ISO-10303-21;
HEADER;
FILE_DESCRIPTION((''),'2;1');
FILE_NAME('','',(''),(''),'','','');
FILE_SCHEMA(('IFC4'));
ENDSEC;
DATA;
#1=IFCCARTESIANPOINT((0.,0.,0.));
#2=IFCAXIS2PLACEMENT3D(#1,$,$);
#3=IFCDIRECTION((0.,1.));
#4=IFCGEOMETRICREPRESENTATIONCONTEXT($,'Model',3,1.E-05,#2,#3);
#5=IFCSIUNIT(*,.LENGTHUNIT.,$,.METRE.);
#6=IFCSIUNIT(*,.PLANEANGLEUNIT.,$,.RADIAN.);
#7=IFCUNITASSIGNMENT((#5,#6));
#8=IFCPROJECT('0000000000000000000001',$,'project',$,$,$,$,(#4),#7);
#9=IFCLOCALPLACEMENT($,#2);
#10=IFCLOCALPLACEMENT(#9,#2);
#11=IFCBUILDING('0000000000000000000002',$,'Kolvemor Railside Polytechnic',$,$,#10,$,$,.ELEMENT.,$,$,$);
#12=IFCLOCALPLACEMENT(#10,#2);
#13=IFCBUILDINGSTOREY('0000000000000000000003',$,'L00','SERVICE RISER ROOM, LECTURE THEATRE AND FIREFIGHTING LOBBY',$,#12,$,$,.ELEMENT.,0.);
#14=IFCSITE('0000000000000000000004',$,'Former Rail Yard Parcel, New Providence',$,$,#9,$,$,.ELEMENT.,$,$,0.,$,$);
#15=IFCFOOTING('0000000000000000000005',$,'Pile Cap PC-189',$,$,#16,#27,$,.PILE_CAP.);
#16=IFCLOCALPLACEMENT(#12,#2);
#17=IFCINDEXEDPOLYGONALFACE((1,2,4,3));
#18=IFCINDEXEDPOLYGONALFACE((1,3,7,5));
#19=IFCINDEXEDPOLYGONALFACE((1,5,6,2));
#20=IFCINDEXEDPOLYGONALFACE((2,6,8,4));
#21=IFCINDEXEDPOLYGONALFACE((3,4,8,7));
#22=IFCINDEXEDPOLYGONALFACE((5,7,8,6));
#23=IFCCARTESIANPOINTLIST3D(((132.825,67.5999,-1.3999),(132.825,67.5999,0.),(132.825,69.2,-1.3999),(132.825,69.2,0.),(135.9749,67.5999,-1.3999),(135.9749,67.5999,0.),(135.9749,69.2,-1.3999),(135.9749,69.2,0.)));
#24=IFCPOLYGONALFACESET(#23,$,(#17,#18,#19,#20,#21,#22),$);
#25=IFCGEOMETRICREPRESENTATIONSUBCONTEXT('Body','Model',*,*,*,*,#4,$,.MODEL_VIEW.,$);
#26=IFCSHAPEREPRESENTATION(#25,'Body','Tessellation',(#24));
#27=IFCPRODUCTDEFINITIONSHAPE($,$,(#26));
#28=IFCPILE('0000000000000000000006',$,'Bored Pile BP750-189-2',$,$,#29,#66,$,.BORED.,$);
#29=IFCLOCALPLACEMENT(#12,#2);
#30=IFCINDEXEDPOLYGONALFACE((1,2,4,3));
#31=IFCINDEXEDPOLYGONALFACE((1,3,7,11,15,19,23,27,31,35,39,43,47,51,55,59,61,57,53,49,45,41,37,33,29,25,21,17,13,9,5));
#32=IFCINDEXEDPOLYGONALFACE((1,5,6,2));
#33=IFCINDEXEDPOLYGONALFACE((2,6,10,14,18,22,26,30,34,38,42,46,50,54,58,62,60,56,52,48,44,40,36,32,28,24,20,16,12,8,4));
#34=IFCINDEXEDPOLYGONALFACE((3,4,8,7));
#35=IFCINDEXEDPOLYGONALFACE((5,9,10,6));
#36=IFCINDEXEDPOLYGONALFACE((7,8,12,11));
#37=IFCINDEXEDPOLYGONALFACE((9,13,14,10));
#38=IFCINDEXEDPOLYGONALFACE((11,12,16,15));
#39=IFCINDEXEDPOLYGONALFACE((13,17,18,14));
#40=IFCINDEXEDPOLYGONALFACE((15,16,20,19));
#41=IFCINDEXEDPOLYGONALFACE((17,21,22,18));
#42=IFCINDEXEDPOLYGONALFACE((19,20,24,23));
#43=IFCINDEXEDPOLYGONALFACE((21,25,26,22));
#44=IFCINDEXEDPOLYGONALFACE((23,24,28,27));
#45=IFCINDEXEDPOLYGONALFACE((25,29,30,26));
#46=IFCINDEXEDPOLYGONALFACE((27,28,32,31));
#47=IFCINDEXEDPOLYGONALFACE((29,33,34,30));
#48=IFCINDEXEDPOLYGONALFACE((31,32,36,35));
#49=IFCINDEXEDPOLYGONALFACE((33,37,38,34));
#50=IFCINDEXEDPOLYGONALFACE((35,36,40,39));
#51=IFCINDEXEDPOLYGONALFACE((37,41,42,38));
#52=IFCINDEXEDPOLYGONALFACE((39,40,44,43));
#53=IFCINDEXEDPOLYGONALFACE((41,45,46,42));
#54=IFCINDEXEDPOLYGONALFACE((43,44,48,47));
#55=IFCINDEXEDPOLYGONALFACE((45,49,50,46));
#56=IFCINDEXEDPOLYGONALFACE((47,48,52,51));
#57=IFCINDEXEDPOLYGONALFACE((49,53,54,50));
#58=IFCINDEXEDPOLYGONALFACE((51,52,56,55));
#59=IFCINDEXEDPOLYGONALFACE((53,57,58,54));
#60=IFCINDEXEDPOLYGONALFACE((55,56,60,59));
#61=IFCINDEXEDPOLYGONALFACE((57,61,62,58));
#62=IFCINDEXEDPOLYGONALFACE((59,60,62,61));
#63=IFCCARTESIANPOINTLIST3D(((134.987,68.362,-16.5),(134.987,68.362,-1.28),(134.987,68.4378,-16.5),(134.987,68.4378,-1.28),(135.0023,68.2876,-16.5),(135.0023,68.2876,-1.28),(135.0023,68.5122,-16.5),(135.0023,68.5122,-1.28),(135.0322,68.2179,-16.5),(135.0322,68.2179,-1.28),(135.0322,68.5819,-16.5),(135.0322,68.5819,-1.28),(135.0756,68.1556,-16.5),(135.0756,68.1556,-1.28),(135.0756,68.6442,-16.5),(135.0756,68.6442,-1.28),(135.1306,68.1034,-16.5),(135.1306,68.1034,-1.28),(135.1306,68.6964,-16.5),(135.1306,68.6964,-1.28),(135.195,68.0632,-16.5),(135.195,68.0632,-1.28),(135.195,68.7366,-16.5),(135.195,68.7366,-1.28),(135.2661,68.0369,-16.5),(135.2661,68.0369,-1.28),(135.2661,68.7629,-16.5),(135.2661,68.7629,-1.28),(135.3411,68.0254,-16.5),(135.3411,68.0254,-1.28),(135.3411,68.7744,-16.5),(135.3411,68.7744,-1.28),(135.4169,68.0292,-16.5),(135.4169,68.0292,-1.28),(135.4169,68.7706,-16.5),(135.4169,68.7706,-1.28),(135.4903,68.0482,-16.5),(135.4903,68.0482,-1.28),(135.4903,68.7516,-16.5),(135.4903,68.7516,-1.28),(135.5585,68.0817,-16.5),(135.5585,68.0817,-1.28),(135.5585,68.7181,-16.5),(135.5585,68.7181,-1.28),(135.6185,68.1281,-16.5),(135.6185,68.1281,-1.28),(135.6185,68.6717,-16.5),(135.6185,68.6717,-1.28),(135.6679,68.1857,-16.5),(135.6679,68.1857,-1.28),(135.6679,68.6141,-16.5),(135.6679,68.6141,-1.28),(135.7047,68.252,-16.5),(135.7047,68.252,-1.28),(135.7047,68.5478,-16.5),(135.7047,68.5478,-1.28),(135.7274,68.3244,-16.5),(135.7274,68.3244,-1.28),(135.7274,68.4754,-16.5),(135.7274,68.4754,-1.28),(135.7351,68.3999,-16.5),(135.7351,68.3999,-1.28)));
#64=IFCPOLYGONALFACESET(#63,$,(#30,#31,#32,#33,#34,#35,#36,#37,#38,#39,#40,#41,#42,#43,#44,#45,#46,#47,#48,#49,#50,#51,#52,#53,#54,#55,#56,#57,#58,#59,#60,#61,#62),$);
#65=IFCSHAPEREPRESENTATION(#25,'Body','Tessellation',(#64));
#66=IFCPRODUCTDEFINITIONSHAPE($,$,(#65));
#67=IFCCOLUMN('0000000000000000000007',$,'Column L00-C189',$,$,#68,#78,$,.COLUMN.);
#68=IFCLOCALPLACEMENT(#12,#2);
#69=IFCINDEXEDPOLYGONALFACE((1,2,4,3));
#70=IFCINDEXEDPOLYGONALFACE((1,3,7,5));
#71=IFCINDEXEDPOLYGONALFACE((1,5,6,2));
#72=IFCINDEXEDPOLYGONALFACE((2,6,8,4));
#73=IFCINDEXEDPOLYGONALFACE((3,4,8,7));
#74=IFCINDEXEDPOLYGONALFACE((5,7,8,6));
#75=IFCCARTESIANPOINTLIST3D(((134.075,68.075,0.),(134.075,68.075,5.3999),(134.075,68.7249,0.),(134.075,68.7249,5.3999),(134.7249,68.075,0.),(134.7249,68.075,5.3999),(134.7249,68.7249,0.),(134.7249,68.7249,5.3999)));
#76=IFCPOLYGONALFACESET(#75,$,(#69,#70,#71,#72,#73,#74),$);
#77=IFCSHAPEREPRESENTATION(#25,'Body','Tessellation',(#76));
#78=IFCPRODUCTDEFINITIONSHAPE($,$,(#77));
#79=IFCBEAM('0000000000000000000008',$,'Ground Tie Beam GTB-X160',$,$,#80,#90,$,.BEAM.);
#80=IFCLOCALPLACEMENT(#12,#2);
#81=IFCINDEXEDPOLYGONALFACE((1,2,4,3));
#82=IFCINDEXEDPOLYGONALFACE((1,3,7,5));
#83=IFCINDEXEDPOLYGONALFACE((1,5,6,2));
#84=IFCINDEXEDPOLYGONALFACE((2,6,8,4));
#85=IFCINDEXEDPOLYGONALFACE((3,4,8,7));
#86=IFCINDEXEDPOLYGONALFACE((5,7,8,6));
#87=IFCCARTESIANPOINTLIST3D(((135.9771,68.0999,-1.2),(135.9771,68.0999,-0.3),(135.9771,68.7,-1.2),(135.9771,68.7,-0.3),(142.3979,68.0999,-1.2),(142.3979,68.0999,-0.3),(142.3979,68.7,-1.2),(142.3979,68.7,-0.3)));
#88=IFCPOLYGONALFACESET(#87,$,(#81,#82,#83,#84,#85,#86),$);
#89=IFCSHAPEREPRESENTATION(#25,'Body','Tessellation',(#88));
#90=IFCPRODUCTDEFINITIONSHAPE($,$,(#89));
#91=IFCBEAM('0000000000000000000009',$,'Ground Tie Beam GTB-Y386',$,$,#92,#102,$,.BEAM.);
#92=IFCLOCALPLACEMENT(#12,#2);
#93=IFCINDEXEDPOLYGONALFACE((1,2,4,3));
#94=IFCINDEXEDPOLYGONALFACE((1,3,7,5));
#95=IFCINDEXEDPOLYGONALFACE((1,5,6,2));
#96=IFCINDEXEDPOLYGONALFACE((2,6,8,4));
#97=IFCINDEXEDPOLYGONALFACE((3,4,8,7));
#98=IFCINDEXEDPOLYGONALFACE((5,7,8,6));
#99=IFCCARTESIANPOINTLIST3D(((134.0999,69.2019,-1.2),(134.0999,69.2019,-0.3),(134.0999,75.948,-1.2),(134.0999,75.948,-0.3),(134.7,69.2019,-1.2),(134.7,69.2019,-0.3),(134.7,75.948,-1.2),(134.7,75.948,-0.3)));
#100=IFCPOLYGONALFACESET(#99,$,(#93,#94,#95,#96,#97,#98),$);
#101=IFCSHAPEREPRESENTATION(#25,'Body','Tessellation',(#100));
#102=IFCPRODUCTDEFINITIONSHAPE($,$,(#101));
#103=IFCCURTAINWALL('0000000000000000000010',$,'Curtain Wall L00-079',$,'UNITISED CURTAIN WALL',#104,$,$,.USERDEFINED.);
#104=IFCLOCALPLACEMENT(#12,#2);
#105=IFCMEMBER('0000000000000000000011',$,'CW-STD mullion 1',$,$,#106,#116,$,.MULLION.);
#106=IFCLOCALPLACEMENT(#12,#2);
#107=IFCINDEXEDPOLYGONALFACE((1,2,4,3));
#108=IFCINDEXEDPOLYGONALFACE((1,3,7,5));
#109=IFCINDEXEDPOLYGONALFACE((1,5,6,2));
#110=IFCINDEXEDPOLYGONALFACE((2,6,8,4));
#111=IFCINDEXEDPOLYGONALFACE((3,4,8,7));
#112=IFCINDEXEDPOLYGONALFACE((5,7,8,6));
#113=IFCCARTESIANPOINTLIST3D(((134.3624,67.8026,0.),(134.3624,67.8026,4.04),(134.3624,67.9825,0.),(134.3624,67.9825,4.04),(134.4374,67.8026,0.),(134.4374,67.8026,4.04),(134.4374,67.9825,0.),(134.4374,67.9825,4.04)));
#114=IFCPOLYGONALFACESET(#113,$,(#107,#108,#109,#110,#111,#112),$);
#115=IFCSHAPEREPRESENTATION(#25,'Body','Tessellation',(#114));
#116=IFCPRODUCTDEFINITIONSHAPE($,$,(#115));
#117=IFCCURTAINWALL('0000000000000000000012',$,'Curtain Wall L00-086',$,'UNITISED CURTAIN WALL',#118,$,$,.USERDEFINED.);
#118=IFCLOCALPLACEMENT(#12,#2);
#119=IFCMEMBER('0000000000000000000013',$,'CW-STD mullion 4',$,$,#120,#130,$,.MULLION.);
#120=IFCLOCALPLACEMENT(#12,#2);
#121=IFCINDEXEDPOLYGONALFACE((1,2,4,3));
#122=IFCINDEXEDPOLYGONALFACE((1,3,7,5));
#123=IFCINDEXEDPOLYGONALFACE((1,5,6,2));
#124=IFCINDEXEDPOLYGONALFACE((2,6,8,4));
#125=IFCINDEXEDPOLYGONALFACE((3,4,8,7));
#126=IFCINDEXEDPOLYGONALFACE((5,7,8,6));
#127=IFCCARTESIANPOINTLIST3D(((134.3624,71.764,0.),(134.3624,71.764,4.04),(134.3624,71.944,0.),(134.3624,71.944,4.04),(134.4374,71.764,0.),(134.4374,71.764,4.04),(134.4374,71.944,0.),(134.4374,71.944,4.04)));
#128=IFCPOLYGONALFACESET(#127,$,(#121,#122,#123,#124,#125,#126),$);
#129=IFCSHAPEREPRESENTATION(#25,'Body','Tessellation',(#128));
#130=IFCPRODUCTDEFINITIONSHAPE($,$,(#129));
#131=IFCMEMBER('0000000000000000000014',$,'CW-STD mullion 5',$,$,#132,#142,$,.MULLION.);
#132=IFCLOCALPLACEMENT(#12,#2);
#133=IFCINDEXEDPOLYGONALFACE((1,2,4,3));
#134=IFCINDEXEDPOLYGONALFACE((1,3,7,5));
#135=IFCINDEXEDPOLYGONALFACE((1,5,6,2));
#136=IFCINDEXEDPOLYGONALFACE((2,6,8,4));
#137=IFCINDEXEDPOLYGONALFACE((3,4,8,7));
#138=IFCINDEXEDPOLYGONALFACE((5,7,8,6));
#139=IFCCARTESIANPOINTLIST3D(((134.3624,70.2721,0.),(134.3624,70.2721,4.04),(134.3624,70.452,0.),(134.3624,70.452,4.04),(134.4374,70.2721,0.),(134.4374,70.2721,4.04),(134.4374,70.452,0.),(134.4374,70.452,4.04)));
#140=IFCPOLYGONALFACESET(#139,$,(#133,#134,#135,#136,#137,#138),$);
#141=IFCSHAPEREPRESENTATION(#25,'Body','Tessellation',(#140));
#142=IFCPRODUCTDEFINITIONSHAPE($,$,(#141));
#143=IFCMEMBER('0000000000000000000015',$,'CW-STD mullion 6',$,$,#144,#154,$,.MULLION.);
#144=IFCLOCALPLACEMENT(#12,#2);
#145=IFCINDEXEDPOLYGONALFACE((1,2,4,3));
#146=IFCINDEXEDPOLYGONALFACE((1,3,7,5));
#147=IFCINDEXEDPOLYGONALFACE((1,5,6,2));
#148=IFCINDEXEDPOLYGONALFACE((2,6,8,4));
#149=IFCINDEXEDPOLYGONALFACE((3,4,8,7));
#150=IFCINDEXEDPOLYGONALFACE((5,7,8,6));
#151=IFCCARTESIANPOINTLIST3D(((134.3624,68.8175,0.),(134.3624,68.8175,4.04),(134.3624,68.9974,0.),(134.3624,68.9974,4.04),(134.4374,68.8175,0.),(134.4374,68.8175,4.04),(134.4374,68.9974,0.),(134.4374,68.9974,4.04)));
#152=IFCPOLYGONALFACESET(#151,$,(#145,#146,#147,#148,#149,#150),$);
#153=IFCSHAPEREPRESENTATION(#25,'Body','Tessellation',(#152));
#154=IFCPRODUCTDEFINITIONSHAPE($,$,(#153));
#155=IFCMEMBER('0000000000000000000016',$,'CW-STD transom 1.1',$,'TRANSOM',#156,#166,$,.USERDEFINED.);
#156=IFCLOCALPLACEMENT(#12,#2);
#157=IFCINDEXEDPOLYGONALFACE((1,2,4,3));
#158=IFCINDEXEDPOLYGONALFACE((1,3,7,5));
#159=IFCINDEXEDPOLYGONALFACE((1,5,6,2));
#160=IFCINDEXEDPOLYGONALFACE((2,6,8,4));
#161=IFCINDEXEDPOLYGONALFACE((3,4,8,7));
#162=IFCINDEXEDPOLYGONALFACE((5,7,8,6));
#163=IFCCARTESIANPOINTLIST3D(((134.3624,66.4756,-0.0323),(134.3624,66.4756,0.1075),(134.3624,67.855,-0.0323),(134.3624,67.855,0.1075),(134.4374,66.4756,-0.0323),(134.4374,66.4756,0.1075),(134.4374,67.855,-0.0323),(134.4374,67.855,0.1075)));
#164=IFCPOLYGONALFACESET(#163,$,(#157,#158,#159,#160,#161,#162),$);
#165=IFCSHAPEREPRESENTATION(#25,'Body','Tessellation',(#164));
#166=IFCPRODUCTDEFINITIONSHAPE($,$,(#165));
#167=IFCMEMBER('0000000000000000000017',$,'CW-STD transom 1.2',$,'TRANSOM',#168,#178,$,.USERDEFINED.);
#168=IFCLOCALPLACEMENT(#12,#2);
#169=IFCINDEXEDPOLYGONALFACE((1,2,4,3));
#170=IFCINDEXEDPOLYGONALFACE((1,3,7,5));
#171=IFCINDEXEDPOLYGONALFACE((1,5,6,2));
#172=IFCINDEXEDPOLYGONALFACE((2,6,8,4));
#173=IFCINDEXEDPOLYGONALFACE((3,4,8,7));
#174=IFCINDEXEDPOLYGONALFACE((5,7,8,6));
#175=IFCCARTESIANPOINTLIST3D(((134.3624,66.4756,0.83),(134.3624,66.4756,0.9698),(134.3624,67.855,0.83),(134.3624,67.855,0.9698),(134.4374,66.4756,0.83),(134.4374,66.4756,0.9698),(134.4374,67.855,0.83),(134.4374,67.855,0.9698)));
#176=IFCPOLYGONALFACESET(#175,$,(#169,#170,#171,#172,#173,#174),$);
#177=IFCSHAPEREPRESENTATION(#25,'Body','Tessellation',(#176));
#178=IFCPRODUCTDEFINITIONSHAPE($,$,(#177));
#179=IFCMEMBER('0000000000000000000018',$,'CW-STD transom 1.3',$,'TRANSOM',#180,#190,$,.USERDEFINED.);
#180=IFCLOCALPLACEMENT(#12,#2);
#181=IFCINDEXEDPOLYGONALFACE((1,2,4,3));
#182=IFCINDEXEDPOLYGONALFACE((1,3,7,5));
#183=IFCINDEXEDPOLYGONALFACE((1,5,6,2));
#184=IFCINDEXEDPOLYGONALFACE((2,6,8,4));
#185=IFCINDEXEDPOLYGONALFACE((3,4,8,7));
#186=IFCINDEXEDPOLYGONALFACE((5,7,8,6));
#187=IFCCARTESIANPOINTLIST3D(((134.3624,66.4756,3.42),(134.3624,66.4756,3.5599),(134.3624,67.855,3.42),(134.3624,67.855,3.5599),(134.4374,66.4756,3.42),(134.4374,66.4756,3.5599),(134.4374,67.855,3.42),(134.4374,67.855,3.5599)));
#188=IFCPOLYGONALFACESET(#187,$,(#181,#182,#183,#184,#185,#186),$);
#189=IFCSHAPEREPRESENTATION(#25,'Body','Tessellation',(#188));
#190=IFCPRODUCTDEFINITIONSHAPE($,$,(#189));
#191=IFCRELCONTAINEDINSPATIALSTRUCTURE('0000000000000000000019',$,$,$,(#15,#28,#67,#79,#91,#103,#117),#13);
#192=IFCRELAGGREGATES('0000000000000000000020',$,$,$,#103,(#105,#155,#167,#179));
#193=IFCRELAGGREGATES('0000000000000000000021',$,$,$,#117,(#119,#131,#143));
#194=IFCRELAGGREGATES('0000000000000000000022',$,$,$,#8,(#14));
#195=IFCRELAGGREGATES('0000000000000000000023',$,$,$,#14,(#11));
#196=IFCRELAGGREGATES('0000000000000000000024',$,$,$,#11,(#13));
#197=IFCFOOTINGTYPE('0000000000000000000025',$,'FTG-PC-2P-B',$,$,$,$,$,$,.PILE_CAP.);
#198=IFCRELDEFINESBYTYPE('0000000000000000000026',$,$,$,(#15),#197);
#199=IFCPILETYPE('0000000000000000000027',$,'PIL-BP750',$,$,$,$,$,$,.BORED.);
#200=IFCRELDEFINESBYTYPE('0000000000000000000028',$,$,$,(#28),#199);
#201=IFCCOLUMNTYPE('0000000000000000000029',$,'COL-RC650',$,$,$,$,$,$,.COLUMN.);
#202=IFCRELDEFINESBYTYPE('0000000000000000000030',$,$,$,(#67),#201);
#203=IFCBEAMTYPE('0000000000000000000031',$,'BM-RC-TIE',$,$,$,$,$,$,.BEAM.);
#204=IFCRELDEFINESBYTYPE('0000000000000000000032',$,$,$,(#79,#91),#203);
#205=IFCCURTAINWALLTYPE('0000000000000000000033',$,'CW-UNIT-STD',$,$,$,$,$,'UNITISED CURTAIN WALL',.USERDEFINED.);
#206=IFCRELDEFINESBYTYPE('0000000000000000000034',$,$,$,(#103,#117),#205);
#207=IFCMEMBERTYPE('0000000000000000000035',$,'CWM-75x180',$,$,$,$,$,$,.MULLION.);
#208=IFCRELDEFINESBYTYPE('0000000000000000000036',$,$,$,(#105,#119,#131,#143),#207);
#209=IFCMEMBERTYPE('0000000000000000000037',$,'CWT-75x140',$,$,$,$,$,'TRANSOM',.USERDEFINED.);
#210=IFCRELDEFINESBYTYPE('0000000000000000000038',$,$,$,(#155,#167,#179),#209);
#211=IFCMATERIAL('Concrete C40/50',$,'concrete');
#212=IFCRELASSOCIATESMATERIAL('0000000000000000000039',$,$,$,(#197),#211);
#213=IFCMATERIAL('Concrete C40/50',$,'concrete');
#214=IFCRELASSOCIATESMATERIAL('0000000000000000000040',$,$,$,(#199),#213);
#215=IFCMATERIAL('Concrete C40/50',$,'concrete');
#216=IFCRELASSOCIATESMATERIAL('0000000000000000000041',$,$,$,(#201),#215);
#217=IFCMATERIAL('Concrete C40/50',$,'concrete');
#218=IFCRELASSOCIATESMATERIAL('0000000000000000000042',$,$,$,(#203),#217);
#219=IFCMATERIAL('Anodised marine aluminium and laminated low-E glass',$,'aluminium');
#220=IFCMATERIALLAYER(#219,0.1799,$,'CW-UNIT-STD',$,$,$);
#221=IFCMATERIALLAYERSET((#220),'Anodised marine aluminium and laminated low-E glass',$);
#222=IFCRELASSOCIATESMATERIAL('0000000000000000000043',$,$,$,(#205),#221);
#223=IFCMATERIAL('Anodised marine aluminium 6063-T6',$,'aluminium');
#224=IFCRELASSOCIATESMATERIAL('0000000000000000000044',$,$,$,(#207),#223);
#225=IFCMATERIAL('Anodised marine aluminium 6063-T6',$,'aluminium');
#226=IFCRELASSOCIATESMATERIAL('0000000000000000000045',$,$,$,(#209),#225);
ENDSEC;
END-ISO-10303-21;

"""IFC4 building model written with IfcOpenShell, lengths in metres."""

from ifc_helpers import new_model, si_unit, direction, frame, origin, origin_2d, place, context, subcontext, project, spatial, rectangle, circle, extrude, material, layer, layer_set, material_profile, profile_set, type_object, element, aggregate, save


model = new_model("IFC4")

# Units and contexts
model_context = context("Model", 3, precision=1e-05, world=origin(), true_north=direction((0.0, 1.0)))
body_context = subcontext(model_context, "Body", "Model", "MODEL_VIEW")
ifc_project = project(units=[si_unit("LENGTHUNIT", "METRE"), si_unit("PLANEANGLEUNIT", "RADIAN")], contexts=[model_context])

# Site, building, storey
site_placement = place(None, origin())
site = spatial("IfcSite", under=ifc_project, at=site_placement, Name="Former Rail Yard Parcel, New Providence", CompositionType="ELEMENT", RefElevation=0.0)
building_placement = place(site_placement, origin())
building = spatial("IfcBuilding", under=site, at=building_placement, Name="Kolvemor Railside Polytechnic", CompositionType="ELEMENT")
storey_placement = place(building_placement, origin())
storey = spatial("IfcBuildingStorey", under=building, at=storey_placement, Name="L00", Description="SERVICE RISER ROOM, LECTURE THEATRE AND FIREFIGHTING LOBBY", CompositionType="ELEMENT", Elevation=0.0)

# Footing
ifc_material_1 = material(Name="Concrete C40/50", Category="concrete")
footing_type = type_object("IfcFootingType", Name="FTG-PC-2P-B", PredefinedType="PILE_CAP", material=ifc_material_1)
footing_placement = place(storey_placement, frame((134.3999, 68.3999, -1.3999), z_axis=(0.0, 0.0, 1.0), x_axis=(1.0, 0.0, 0.0)))
element("IfcFooting", 1, at=footing_placement, inside=storey, type_object=footing_type, Name="Pile Cap PC-189", PredefinedType="PILE_CAP", context=body_context, shape_type="SweptSolid", body=[
    extrude(rectangle(XDim=3.1499, YDim=1.6001, at=origin_2d()), origin(), (0.0, 0.0, 1.0), 1.3999),
])

# Pile
ifc_material_2 = material(Name="Concrete C40/50", Category="concrete")
ifc_material_profile_1 = material_profile(ifc_material_2, circle(Radius=0.375, at=origin_2d()), Name="BP750")
ifc_profile_set_1 = profile_set([ifc_material_profile_1], Name="Concrete C40/50")
pile_type = type_object("IfcPileType", Name="PIL-BP750", PredefinedType="BORED", material=ifc_profile_set_1)
pile_placement = place(storey_placement, frame((135.3601, 68.3999, -1.28), z_axis=(0.0, 0.0, -1.0), x_axis=(1.0, 0.0, 0.0)))
element("IfcPile", 2, at=pile_placement, inside=storey, type_object=pile_type, Name="Bored Pile BP750-189-2", PredefinedType="BORED", context=body_context, shape_type="SweptSolid", body=[
    extrude(circle(Radius=0.375, at=origin_2d()), origin(), (0.0, 0.0, 1.0), 15.22),
])

# Column
ifc_material_3 = material(Name="Concrete C40/50", Category="concrete")
ifc_material_profile_2 = material_profile(ifc_material_3, rectangle(XDim=0.6499, YDim=0.6499, at=origin_2d()), Name="RC650x650")
ifc_profile_set_2 = profile_set([ifc_material_profile_2], Name="Concrete C40/50")
column_type = type_object("IfcColumnType", Name="COL-RC650", PredefinedType="COLUMN", material=ifc_profile_set_2)
column_placement = place(storey_placement, frame((134.3999, 68.3999, 0.0), z_axis=(0.0, 0.0, 1.0), x_axis=(1.0, 0.0, 0.0)))
element("IfcColumn", 3, at=column_placement, inside=storey, type_object=column_type, Name="Column L00-C189", PredefinedType="COLUMN", context=body_context, shape_type="SweptSolid", body=[
    extrude(rectangle(XDim=0.6499, YDim=0.6499, at=origin_2d()), origin(), (0.0, 0.0, 1.0), 5.3999),
])

# Beams
ifc_material_4 = material(Name="Concrete C40/50", Category="concrete")
ifc_material_profile_3 = material_profile(ifc_material_4, rectangle(XDim=0.6001, YDim=0.8999, at=origin_2d()), Name="RC600x900")
ifc_profile_set_3 = profile_set([ifc_material_profile_3], Name="Concrete C40/50")
beam_type = type_object("IfcBeamType", Name="BM-RC-TIE", PredefinedType="BEAM", material=ifc_profile_set_3)
beam_1_placement = place(storey_placement, frame((135.9771, 68.3999, -0.75), z_axis=(1.0, 0.0, 0.0), x_axis=(0.0, 1.0, 0.0)))
element("IfcBeam", 4, at=beam_1_placement, inside=storey, type_object=beam_type, Name="Ground Tie Beam GTB-X160", PredefinedType="BEAM", context=body_context, shape_type="SweptSolid", body=[
    extrude(rectangle(XDim=0.6001, YDim=0.8999, at=origin_2d()), origin(), (0.0, 0.0, 1.0), 6.4209),
])
beam_2_placement = place(storey_placement, frame((134.3999, 69.2019, -0.75), z_axis=(0.0, 1.0, 0.0), x_axis=(-1.0, 0.0, 0.0)))
element("IfcBeam", 5, at=beam_2_placement, inside=storey, type_object=beam_type, Name="Ground Tie Beam GTB-Y386", PredefinedType="BEAM", context=body_context, shape_type="SweptSolid", body=[
    extrude(rectangle(XDim=0.6001, YDim=0.8999, at=origin_2d()), origin(), (0.0, 0.0, 1.0), 6.7461),
])

# Curtain wall, member
ifc_material_5 = material(Name="Anodised marine aluminium and laminated low-E glass", Category="aluminium")
ifc_layer_1 = layer(ifc_material_5, 0.1799, Name="CW-UNIT-STD")
ifc_layer_set_1 = layer_set([ifc_layer_1], Name="Anodised marine aluminium and laminated low-E glass")
curtain_wall_type = type_object("IfcCurtainWallType", Name="CW-UNIT-STD", ElementType="UNITISED CURTAIN WALL", PredefinedType="USERDEFINED", material=ifc_layer_set_1)
curtain_wall_1_placement = place(storey_placement, origin())
curtain_wall_1 = element("IfcCurtainWall", 6, at=curtain_wall_1_placement, inside=storey, type_object=curtain_wall_type, Name="Curtain Wall L00-079", ObjectType="UNITISED CURTAIN WALL", PredefinedType="USERDEFINED")
ifc_material_6 = material(Name="Anodised marine aluminium 6063-T6", Category="aluminium")
ifc_material_profile_4 = material_profile(ifc_material_6, rectangle(XDim=0.075, YDim=0.1799, at=origin_2d()), Name="CW-MUL-75x180")
ifc_profile_set_4 = profile_set([ifc_material_profile_4], Name="Anodised marine aluminium 6063-T6")
member_type_1 = type_object("IfcMemberType", Name="CWM-75x180", PredefinedType="MULLION", material=ifc_profile_set_4)
member_1_placement = place(storey_placement, frame((134.3999, 67.8926, 0.0), z_axis=(0.0, 0.0, 1.0), x_axis=(1.0, 0.0, 0.0)))
member_1 = element("IfcMember", 7, at=member_1_placement, type_object=member_type_1, Name="CW-STD mullion 1", PredefinedType="MULLION", context=body_context, shape_type="SweptSolid", body=[
    extrude(rectangle(XDim=0.075, YDim=0.1799, at=origin_2d()), origin(), (0.0, 0.0, 1.0), 4.04),
])

# Curtain wall, members
curtain_wall_2_placement = place(storey_placement, origin())
curtain_wall_2 = element("IfcCurtainWall", 8, at=curtain_wall_2_placement, inside=storey, type_object=curtain_wall_type, Name="Curtain Wall L00-086", ObjectType="UNITISED CURTAIN WALL", PredefinedType="USERDEFINED")
member_2_placement = place(storey_placement, frame((134.3999, 71.854, 0.0), z_axis=(0.0, 0.0, 1.0), x_axis=(1.0, 0.0, 0.0)))
member_2 = element("IfcMember", 9, at=member_2_placement, type_object=member_type_1, Name="CW-STD mullion 4", PredefinedType="MULLION", context=body_context, shape_type="SweptSolid", body=[
    extrude(rectangle(XDim=0.075, YDim=0.1799, at=origin_2d()), origin(), (0.0, 0.0, 1.0), 4.04),
])
member_3_placement = place(storey_placement, frame((134.3999, 70.3621, 0.0), z_axis=(0.0, 0.0, 1.0), x_axis=(1.0, 0.0, 0.0)))
member_3 = element("IfcMember", 10, at=member_3_placement, type_object=member_type_1, Name="CW-STD mullion 5", PredefinedType="MULLION", context=body_context, shape_type="SweptSolid", body=[
    extrude(rectangle(XDim=0.075, YDim=0.1799, at=origin_2d()), origin(), (0.0, 0.0, 1.0), 4.04),
])
member_4_placement = place(storey_placement, frame((134.3999, 68.9075, 0.0), z_axis=(0.0, 0.0, 1.0), x_axis=(1.0, 0.0, 0.0)))
member_4 = element("IfcMember", 11, at=member_4_placement, type_object=member_type_1, Name="CW-STD mullion 6", PredefinedType="MULLION", context=body_context, shape_type="SweptSolid", body=[
    extrude(rectangle(XDim=0.075, YDim=0.1799, at=origin_2d()), origin(), (0.0, 0.0, 1.0), 4.04),
])

# Members
ifc_material_7 = material(Name="Anodised marine aluminium 6063-T6", Category="aluminium")
ifc_material_profile_5 = material_profile(ifc_material_7, rectangle(XDim=0.075, YDim=0.1399, at=origin_2d()), Name="CW-TRN-75x140")
ifc_profile_set_5 = profile_set([ifc_material_profile_5], Name="Anodised marine aluminium 6063-T6")
member_type_2 = type_object("IfcMemberType", Name="CWT-75x140", ElementType="TRANSOM", PredefinedType="USERDEFINED", material=ifc_profile_set_5)
member_5_placement = place(storey_placement, frame((134.3999, 67.855, 0.0376), z_axis=(0.0, -1.0, 0.0), x_axis=(1.0, 0.0, 0.0)))
member_5 = element("IfcMember", 12, at=member_5_placement, type_object=member_type_2, Name="CW-STD transom 1.1", ObjectType="TRANSOM", PredefinedType="USERDEFINED", context=body_context, shape_type="SweptSolid", body=[
    extrude(rectangle(XDim=0.075, YDim=0.1399, at=origin_2d()), origin(), (0.0, 0.0, 1.0), 1.3794),
])
member_6_placement = place(storey_placement, frame((134.3999, 67.855, 0.8999), z_axis=(0.0, -1.0, 0.0), x_axis=(1.0, 0.0, 0.0)))
member_6 = element("IfcMember", 13, at=member_6_placement, type_object=member_type_2, Name="CW-STD transom 1.2", ObjectType="TRANSOM", PredefinedType="USERDEFINED", context=body_context, shape_type="SweptSolid", body=[
    extrude(rectangle(XDim=0.075, YDim=0.1399, at=origin_2d()), origin(), (0.0, 0.0, 1.0), 1.3794),
])
member_7_placement = place(storey_placement, frame((134.3999, 67.855, 3.49), z_axis=(0.0, -1.0, 0.0), x_axis=(1.0, 0.0, 0.0)))
member_7 = element("IfcMember", 14, at=member_7_placement, type_object=member_type_2, Name="CW-STD transom 1.3", ObjectType="TRANSOM", PredefinedType="USERDEFINED", context=body_context, shape_type="SweptSolid", body=[
    extrude(rectangle(XDim=0.075, YDim=0.1399, at=origin_2d()), origin(), (0.0, 0.0, 1.0), 1.3794),
])

aggregate(curtain_wall_1, [member_1, member_5, member_6, member_7])
aggregate(curtain_wall_2, [member_2, member_3, member_4])

save(model, "model.ifc")
